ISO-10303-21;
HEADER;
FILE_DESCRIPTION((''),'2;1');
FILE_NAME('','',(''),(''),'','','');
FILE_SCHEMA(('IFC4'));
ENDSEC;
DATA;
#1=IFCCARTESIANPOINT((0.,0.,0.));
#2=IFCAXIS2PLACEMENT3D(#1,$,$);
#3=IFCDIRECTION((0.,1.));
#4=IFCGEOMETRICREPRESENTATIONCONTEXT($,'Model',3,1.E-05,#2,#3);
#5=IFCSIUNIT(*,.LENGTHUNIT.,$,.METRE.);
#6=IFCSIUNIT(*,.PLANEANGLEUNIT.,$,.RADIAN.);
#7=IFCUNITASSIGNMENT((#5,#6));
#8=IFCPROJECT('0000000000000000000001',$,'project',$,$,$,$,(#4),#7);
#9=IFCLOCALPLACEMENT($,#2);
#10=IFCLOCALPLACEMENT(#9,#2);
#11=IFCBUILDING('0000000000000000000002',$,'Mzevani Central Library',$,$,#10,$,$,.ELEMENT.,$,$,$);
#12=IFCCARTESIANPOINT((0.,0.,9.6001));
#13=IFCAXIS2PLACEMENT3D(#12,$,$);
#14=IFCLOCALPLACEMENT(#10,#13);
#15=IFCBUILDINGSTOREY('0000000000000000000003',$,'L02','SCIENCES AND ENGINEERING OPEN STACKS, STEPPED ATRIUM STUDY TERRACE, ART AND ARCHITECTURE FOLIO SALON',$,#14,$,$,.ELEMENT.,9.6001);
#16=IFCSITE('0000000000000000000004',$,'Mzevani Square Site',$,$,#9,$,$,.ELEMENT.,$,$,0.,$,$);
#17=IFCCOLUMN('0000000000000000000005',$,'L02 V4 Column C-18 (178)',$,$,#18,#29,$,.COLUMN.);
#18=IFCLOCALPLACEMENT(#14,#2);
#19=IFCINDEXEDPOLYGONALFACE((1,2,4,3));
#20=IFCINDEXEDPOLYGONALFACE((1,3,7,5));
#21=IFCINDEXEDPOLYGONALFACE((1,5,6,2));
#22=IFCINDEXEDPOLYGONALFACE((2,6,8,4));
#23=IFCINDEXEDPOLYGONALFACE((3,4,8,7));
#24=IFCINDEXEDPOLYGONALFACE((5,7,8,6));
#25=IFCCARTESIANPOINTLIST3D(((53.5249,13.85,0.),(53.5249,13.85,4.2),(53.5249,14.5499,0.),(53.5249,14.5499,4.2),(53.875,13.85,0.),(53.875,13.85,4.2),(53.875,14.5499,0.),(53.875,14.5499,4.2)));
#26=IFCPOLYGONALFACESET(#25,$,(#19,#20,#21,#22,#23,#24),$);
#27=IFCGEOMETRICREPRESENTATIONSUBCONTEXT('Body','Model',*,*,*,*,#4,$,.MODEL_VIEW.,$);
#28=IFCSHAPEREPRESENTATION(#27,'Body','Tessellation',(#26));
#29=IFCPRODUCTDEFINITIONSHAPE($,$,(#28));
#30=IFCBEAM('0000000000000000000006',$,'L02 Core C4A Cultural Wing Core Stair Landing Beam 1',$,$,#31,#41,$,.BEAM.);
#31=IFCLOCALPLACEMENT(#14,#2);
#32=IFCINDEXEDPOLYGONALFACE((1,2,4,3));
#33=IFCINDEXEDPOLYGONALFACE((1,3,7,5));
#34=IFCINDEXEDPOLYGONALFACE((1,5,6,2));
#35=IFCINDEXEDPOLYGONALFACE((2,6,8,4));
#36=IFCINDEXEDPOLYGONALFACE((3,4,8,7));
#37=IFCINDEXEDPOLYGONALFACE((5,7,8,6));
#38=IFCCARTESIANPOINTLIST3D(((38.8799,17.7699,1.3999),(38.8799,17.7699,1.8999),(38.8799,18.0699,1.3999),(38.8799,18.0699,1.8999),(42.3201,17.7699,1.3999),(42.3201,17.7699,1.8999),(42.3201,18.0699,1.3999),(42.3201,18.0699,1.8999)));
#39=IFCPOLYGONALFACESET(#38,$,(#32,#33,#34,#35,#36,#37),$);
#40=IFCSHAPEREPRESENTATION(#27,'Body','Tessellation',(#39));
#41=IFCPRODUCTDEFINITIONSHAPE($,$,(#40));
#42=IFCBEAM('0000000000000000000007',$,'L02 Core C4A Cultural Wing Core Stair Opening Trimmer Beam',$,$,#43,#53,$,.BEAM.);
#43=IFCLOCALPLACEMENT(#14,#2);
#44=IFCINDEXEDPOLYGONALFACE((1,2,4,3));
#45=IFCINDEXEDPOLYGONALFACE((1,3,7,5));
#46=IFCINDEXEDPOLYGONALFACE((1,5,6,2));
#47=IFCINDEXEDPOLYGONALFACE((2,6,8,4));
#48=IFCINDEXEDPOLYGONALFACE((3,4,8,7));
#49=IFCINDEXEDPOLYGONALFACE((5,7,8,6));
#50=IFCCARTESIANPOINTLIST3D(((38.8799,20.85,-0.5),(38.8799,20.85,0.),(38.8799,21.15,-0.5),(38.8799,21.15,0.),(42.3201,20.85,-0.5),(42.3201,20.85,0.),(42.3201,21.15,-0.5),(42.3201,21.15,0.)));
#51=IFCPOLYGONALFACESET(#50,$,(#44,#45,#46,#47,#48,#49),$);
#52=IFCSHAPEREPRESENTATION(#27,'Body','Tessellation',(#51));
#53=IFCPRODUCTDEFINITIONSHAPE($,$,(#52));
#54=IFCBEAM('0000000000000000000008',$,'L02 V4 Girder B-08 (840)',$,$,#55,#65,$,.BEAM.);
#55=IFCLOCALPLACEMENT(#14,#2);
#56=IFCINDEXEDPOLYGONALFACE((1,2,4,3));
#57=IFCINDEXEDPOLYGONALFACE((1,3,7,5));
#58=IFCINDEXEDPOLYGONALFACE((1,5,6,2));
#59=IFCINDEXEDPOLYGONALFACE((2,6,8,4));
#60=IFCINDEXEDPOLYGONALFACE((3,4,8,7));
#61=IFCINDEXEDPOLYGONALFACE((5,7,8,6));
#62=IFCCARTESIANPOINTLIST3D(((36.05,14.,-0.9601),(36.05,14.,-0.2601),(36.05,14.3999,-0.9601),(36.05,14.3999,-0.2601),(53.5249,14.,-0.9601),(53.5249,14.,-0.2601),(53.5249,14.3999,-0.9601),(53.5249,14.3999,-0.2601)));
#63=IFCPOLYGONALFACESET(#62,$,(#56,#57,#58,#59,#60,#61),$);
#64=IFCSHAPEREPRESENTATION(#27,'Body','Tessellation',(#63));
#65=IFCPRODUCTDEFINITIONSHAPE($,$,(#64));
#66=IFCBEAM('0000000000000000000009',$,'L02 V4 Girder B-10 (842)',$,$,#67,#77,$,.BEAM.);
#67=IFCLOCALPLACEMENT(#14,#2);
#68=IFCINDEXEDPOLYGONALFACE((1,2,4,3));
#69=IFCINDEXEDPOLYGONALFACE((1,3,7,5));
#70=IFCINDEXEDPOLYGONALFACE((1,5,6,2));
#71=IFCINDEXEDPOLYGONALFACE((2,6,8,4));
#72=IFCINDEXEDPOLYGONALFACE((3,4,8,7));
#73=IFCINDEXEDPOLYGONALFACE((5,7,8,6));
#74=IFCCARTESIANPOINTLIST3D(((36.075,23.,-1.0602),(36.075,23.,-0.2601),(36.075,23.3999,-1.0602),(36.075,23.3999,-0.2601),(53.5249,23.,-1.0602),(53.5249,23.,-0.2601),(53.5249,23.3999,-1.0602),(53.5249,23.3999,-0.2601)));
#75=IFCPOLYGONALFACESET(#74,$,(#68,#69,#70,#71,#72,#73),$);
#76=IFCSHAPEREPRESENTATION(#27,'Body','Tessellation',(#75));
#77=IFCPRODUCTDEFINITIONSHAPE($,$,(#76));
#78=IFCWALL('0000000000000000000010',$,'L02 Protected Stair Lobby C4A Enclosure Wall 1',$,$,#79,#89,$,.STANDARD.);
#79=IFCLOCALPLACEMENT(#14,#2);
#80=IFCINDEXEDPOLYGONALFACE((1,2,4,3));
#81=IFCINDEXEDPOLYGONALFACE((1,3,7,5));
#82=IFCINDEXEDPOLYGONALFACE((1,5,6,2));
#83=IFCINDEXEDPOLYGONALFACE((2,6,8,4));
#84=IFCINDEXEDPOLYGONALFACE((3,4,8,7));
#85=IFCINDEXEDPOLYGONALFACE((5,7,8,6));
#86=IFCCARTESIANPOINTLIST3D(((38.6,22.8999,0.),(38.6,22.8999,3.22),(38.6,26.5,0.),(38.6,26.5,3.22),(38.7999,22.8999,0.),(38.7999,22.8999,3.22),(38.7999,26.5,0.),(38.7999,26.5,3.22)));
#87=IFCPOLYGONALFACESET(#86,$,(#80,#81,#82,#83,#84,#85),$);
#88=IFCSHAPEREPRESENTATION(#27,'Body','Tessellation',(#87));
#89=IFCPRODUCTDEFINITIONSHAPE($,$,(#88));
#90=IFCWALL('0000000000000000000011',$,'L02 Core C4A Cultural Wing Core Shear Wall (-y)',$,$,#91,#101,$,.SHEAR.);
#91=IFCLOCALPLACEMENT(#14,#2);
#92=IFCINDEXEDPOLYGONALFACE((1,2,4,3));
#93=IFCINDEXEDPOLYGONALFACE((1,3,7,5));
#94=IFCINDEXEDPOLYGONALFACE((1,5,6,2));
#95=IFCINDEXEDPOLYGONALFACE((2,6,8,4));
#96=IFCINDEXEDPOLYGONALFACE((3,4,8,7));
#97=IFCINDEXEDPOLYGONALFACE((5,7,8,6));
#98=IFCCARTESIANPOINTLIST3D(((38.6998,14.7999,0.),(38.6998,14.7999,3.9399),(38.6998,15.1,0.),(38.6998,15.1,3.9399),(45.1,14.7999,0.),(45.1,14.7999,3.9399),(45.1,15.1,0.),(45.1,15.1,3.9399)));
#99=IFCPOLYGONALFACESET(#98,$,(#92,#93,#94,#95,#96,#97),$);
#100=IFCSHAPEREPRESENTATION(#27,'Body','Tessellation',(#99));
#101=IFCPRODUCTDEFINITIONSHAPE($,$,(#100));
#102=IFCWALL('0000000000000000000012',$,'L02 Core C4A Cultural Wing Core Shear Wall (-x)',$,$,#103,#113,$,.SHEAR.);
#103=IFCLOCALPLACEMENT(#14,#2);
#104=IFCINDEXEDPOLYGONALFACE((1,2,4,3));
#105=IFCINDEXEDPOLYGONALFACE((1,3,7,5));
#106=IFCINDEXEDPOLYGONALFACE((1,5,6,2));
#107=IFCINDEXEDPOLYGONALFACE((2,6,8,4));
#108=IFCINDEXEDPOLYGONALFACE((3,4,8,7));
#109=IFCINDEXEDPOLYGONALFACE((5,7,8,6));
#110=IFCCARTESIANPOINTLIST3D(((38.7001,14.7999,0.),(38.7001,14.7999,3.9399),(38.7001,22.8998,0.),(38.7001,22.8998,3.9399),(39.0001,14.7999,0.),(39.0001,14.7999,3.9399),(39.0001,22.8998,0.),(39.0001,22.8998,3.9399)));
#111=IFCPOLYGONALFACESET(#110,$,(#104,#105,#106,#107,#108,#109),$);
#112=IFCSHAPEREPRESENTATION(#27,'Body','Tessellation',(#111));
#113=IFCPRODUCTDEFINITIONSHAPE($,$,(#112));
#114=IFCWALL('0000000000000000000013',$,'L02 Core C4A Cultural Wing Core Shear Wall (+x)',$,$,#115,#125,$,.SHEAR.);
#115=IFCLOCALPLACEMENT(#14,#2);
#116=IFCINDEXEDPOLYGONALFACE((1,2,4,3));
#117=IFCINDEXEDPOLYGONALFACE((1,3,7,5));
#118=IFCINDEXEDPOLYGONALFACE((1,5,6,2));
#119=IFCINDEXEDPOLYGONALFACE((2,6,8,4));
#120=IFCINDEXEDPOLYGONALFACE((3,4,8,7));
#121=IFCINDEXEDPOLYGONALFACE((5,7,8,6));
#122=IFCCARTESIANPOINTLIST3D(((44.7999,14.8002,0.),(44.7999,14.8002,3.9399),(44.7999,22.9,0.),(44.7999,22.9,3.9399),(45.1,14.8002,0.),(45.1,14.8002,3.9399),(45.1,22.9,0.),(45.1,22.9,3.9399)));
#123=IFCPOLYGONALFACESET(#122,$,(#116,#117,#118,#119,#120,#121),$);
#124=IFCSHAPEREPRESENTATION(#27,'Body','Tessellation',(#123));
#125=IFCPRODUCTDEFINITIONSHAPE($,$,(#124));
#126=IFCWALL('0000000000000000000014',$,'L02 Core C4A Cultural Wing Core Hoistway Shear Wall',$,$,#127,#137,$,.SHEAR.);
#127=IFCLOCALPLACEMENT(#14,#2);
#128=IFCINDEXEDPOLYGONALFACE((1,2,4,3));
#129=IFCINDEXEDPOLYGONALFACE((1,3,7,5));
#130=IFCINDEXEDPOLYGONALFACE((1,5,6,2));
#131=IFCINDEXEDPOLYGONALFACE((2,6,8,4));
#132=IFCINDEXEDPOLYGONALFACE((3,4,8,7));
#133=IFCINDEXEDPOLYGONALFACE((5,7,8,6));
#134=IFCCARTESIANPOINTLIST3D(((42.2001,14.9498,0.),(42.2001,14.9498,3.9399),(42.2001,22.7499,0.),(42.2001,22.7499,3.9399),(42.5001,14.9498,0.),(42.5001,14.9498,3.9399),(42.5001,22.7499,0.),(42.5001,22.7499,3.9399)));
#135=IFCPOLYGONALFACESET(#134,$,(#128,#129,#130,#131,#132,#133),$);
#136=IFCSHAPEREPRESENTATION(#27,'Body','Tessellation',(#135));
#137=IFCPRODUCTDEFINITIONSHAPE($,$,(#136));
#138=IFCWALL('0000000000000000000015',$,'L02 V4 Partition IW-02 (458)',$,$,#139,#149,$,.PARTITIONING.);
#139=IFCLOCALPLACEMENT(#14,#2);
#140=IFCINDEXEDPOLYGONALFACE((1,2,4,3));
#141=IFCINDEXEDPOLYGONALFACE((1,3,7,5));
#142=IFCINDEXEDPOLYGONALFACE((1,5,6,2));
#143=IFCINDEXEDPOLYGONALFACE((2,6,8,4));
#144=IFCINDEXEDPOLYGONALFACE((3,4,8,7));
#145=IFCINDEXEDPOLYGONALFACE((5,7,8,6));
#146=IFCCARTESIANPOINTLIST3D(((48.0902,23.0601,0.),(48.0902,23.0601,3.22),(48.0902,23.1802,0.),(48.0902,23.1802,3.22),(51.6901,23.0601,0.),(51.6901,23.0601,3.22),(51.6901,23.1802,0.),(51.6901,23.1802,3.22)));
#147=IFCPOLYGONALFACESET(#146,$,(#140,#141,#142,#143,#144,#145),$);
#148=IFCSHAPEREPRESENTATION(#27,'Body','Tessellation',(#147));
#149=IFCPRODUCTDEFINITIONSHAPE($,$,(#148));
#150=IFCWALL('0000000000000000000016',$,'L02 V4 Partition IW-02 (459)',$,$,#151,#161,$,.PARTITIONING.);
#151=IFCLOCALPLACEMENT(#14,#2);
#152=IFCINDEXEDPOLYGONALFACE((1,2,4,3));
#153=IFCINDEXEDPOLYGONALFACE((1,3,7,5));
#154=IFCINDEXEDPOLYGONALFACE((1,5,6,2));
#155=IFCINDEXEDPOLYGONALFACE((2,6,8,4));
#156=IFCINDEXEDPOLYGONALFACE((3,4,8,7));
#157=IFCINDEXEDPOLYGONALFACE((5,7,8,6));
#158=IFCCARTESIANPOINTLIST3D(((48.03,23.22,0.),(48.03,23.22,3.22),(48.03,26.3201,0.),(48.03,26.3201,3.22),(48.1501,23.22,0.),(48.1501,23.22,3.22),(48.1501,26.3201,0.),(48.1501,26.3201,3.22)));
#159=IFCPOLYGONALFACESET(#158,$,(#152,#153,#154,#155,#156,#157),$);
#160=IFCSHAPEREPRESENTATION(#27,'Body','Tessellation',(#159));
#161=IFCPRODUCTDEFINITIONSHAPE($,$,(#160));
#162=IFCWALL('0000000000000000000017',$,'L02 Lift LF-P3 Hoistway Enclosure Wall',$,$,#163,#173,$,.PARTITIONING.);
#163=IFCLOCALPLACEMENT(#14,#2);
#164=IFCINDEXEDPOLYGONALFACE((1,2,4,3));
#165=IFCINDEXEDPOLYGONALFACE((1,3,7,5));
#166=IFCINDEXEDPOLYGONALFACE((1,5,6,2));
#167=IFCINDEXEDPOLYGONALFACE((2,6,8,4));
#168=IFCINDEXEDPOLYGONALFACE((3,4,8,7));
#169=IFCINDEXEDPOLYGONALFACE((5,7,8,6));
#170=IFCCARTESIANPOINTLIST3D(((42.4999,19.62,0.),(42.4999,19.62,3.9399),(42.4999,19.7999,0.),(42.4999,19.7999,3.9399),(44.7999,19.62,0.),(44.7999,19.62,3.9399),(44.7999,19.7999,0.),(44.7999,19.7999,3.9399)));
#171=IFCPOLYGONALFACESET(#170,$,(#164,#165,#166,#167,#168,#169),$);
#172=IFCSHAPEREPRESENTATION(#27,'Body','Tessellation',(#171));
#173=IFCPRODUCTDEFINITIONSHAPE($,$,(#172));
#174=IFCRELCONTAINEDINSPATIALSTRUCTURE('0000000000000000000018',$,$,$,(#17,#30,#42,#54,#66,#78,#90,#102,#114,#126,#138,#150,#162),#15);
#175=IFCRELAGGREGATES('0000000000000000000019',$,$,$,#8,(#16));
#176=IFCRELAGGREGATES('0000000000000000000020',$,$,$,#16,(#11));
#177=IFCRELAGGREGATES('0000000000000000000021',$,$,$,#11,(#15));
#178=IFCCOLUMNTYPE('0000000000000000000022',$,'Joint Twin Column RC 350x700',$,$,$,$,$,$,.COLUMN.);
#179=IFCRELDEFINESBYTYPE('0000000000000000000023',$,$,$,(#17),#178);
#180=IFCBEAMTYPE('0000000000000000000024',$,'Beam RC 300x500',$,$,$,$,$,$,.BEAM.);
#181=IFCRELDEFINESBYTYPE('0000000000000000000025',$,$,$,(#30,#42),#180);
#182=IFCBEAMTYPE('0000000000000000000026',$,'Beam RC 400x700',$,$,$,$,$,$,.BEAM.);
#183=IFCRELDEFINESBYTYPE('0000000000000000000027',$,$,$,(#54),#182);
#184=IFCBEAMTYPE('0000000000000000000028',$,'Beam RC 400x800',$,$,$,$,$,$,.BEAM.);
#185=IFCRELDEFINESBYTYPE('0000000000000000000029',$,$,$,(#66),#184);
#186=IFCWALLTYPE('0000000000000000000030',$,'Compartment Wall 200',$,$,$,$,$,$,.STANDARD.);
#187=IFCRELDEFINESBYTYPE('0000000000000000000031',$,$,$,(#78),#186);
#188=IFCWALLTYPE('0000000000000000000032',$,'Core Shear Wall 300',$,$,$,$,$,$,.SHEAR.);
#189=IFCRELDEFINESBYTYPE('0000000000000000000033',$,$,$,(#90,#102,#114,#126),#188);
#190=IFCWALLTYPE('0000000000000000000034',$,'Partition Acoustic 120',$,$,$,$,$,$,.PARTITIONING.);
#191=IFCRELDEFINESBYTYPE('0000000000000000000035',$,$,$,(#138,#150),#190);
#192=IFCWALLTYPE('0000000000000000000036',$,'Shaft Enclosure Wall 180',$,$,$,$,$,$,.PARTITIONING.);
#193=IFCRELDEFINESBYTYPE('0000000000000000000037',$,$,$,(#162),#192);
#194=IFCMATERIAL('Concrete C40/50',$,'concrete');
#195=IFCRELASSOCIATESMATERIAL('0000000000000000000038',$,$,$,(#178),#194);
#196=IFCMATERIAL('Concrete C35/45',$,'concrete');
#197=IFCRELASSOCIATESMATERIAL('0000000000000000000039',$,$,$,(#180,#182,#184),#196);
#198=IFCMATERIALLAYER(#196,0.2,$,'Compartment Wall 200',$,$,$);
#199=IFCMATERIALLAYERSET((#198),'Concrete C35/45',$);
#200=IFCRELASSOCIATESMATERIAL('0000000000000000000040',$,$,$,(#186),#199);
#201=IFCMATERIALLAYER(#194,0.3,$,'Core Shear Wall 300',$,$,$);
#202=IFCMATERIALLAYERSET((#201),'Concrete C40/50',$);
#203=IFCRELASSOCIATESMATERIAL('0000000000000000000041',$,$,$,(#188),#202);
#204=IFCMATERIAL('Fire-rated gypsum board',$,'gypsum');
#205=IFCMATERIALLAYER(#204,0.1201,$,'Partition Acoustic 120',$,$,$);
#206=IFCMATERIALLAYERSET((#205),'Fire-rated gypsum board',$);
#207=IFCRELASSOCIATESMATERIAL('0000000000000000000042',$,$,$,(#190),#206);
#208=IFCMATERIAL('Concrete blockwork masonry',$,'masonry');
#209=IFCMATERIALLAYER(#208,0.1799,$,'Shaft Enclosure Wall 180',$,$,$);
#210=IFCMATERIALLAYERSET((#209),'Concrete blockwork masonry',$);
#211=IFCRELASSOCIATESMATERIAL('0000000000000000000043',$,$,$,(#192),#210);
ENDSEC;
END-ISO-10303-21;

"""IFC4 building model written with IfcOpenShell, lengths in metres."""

from ifc_helpers import new_model, si_unit, direction, frame, frame_2d, origin, origin_2d, place, context, subcontext, project, spatial, rectangle, extrude, material, layer, layer_set, material_profile, profile_set, type_object, element, save


model = new_model("IFC4")

# Units and contexts
model_context = context("Model", 3, precision=1e-05, world=origin(), true_north=direction((0.0, 1.0)))
body_context = subcontext(model_context, "Body", "Model", "MODEL_VIEW")
ifc_project = project(units=[si_unit("LENGTHUNIT", "METRE"), si_unit("PLANEANGLEUNIT", "RADIAN")], contexts=[model_context])

# Site, building, storey
site_placement = place(None, origin())
site = spatial("IfcSite", under=ifc_project, at=site_placement, Name="Mzevani Square Site", CompositionType="ELEMENT", RefElevation=0.0)
building_placement = place(site_placement, origin())
building = spatial("IfcBuilding", under=site, at=building_placement, Name="Mzevani Central Library", CompositionType="ELEMENT")
storey_placement = place(building_placement, frame((0.0, 0.0, 9.6001)))
storey = spatial("IfcBuildingStorey", under=building, at=storey_placement, Name="L02", Description="SCIENCES AND ENGINEERING OPEN STACKS, STEPPED ATRIUM STUDY TERRACE, ART AND ARCHITECTURE FOLIO SALON", CompositionType="ELEMENT", Elevation=9.6001)

# Column
ifc_material_1 = material(Name="Concrete C40/50", Category="concrete")
ifc_material_profile_1 = material_profile(ifc_material_1, rectangle(XDim=0.3501, YDim=0.7, at=origin_2d()), Name="RC 350x700")
ifc_profile_set_1 = profile_set([ifc_material_profile_1], Name="Concrete C40/50")
column_type = type_object("IfcColumnType", Name="Joint Twin Column RC 350x700", PredefinedType="COLUMN", material=ifc_profile_set_1)
column_placement = place(storey_placement, frame((53.7, 14.2, 0.0), z_axis=(0.0, 0.0, 1.0), x_axis=(1.0, 0.0, 0.0)))
element("IfcColumn", 1, at=column_placement, inside=storey, type_object=column_type, Name="L02 V4 Column C-18 (178)", PredefinedType="COLUMN", context=body_context, shape_type="SweptSolid", body=[
    extrude(rectangle(XDim=0.3501, YDim=0.7, at=origin_2d()), origin(), (0.0, 0.0, 1.0), 4.2),
])

# Beams
ifc_material_2 = material(Name="Concrete C35/45", Category="concrete")
ifc_material_profile_2 = material_profile(ifc_material_2, rectangle(XDim=0.3, YDim=0.5, at=origin_2d()), Name="RC B300x500")
ifc_profile_set_2 = profile_set([ifc_material_profile_2], Name="Concrete C35/45")
beam_type_1 = type_object("IfcBeamType", Name="Beam RC 300x500", PredefinedType="BEAM", material=ifc_profile_set_2)
for number, where, z_axis, x_axis, name in (
    (2, (38.8799, 17.9199, 1.6499), (1.0, 0.0, 0.0), (0.0, 1.0, 0.0), "L02 Core C4A Cultural Wing Core Stair Landing Beam 1"),
    (3, (38.8799, 21.0, -0.25), (1.0, 0.0, 0.0), (0.0, 1.0, 0.0), "L02 Core C4A Cultural Wing Core Stair Opening Trimmer Beam"),
):
    element("IfcBeam", number, at=place(storey_placement, frame(where, z_axis=z_axis, x_axis=x_axis)), inside=storey, type_object=beam_type_1, Name=name, PredefinedType="BEAM", context=body_context, shape_type="SweptSolid", body=[
        extrude(rectangle(XDim=0.3, YDim=0.5, at=origin_2d()), origin(), (0.0, 0.0, 1.0), 3.4402),
    ])
ifc_material_profile_3 = material_profile(ifc_material_2, rectangle(XDim=0.3999, YDim=0.7, at=origin_2d()), Name="RC B400x700")
ifc_profile_set_3 = profile_set([ifc_material_profile_3], Name="Concrete C35/45")
beam_type_2 = type_object("IfcBeamType", Name="Beam RC 400x700", PredefinedType="BEAM", material=ifc_profile_set_3)
beam_1_placement = place(storey_placement, frame((36.05, 14.2, -0.6101), z_axis=(1.0, 0.0, 0.0), x_axis=(0.0, 1.0, 0.0)))
element("IfcBeam", 4, at=beam_1_placement, inside=storey, type_object=beam_type_2, Name="L02 V4 Girder B-08 (840)", PredefinedType="BEAM", context=body_context, shape_type="SweptSolid", body=[
    extrude(rectangle(XDim=0.3999, YDim=0.7, at=origin_2d()), origin(), (0.0, 0.0, 1.0), 17.4749),
])
ifc_material_profile_4 = material_profile(ifc_material_2, rectangle(XDim=0.3999, YDim=0.8, at=origin_2d()), Name="RC B400x800")
ifc_profile_set_4 = profile_set([ifc_material_profile_4], Name="Concrete C35/45")
beam_type_3 = type_object("IfcBeamType", Name="Beam RC 400x800", PredefinedType="BEAM", material=ifc_profile_set_4)
beam_2_placement = place(storey_placement, frame((36.075, 23.2, -0.6602), z_axis=(1.0, 0.0, 0.0), x_axis=(0.0, 1.0, 0.0)))
element("IfcBeam", 5, at=beam_2_placement, inside=storey, type_object=beam_type_3, Name="L02 V4 Girder B-10 (842)", PredefinedType="BEAM", context=body_context, shape_type="SweptSolid", body=[
    extrude(rectangle(XDim=0.3999, YDim=0.8, at=origin_2d()), origin(), (0.0, 0.0, 1.0), 17.45),
])

# Walls
ifc_layer_1 = layer(ifc_material_2, 0.2, Name="Compartment Wall 200")
ifc_layer_set_1 = layer_set([ifc_layer_1], Name="Concrete C35/45")
wall_type_1 = type_object("IfcWallType", Name="Compartment Wall 200", PredefinedType="STANDARD", material=ifc_layer_set_1)
wall_1_placement = place(storey_placement, frame((38.7, 22.8999, 0.0), z_axis=(0.0, 0.0, 1.0), x_axis=(0.0, 1.0, 0.0)))
element("IfcWall", 6, at=wall_1_placement, inside=storey, type_object=wall_type_1, Name="L02 Protected Stair Lobby C4A Enclosure Wall 1", PredefinedType="STANDARD", context=body_context, shape_type="SweptSolid", body=[
    extrude(rectangle(XDim=3.6001, YDim=0.2, at=frame_2d((1.8, 0.0))), origin(), (0.0, 0.0, 1.0), 3.22),
])
ifc_layer_2 = layer(ifc_material_1, 0.3, Name="Core Shear Wall 300")
ifc_layer_set_2 = layer_set([ifc_layer_2], Name="Concrete C40/50")
wall_type_2 = type_object("IfcWallType", Name="Core Shear Wall 300", PredefinedType="SHEAR", material=ifc_layer_set_2)
wall_2_placement = place(storey_placement, frame((45.1001, 14.95, 0.0), z_axis=(0.0, 0.0, 1.0), x_axis=(-1.0, 0.0, 0.0)))
element("IfcWall", 7, at=wall_2_placement, inside=storey, type_object=wall_type_2, Name="L02 Core C4A Cultural Wing Core Shear Wall (-y)", PredefinedType="SHEAR", context=body_context, shape_type="SweptSolid", body=[
    extrude(rectangle(XDim=6.4001, YDim=0.3, at=frame_2d((3.2002, 0.0))), origin(), (0.0, 0.0, 1.0), 3.9399),
])
wall_3_placement = place(storey_placement, frame((38.8501, 14.8, 0.0), z_axis=(0.0, 0.0, 1.0), x_axis=(0.0, 1.0, 0.0)))
element("IfcWall", 8, at=wall_3_placement, inside=storey, type_object=wall_type_2, Name="L02 Core C4A Cultural Wing Core Shear Wall (-x)", PredefinedType="SHEAR", context=body_context, shape_type="SweptSolid", body=[
    extrude(rectangle(XDim=8.0999, YDim=0.3, at=frame_2d((4.0498, 0.0))), origin(), (0.0, 0.0, 1.0), 3.9399),
])

# Walls
wall_4_placement = place(storey_placement, frame((44.95, 22.8999, 0.0), z_axis=(0.0, 0.0, 1.0), x_axis=(0.0, -1.0, 0.0)))
element("IfcWall", 9, at=wall_4_placement, inside=storey, type_object=wall_type_2, Name="L02 Core C4A Cultural Wing Core Shear Wall (+x)", PredefinedType="SHEAR", context=body_context, shape_type="SweptSolid", body=[
    extrude(rectangle(XDim=8.0999, YDim=0.3, at=frame_2d((4.0498, 0.0))), origin(), (0.0, 0.0, 1.0), 3.9399),
])
wall_5_placement = place(storey_placement, frame((42.3501, 14.95, 0.0), z_axis=(0.0, 0.0, 1.0), x_axis=(0.0, 1.0, 0.0)))
element("IfcWall", 10, at=wall_5_placement, inside=storey, type_object=wall_type_2, Name="L02 Core C4A Cultural Wing Core Hoistway Shear Wall", PredefinedType="SHEAR", context=body_context, shape_type="SweptSolid", body=[
    extrude(rectangle(XDim=7.8, YDim=0.3, at=frame_2d((3.8999, 0.0))), origin(), (0.0, 0.0, 1.0), 3.9399),
])
ifc_material_3 = material(Name="Fire-rated gypsum board", Category="gypsum")
ifc_layer_3 = layer(ifc_material_3, 0.1201, Name="Partition Acoustic 120")
ifc_layer_set_3 = layer_set([ifc_layer_3], Name="Fire-rated gypsum board")
wall_type_3 = type_object("IfcWallType", Name="Partition Acoustic 120", PredefinedType="PARTITIONING", material=ifc_layer_set_3)
wall_6_placement = place(storey_placement, frame((51.6899, 23.1201, 0.0), z_axis=(0.0, 0.0, 1.0), x_axis=(-1.0, 0.0, 0.0)))
element("IfcWall", 11, at=wall_6_placement, inside=storey, type_object=wall_type_3, Name="L02 V4 Partition IW-02 (458)", PredefinedType="PARTITIONING", context=body_context, shape_type="SweptSolid", body=[
    extrude(rectangle(XDim=3.5999, YDim=0.1201, at=frame_2d((1.7998, 0.0))), origin(), (0.0, 0.0, 1.0), 3.22),
])
wall_7_placement = place(storey_placement, frame((48.0901, 23.22, 0.0), z_axis=(0.0, 0.0, 1.0), x_axis=(0.0, 1.0, 0.0)))
element("IfcWall", 12, at=wall_7_placement, inside=storey, type_object=wall_type_3, Name="L02 V4 Partition IW-02 (459)", PredefinedType="PARTITIONING", context=body_context, shape_type="SweptSolid", body=[
    extrude(rectangle(XDim=3.1001, YDim=0.1201, at=frame_2d((1.55, 0.0))), origin(), (0.0, 0.0, 1.0), 3.22),
])
ifc_material_4 = material(Name="Concrete blockwork masonry", Category="masonry")
ifc_layer_4 = layer(ifc_material_4, 0.1799, Name="Shaft Enclosure Wall 180")
ifc_layer_set_4 = layer_set([ifc_layer_4], Name="Concrete blockwork masonry")
wall_type_4 = type_object("IfcWallType", Name="Shaft Enclosure Wall 180", PredefinedType="PARTITIONING", material=ifc_layer_set_4)
wall_8_placement = place(storey_placement, frame((42.5, 19.71, 0.0), z_axis=(0.0, 0.0, 1.0), x_axis=(1.0, 0.0, 0.0)))
element("IfcWall", 13, at=wall_8_placement, inside=storey, type_object=wall_type_4, Name="L02 Lift LF-P3 Hoistway Enclosure Wall", PredefinedType="PARTITIONING", context=body_context, shape_type="SweptSolid", body=[
    extrude(rectangle(XDim=2.3, YDim=0.1799, at=frame_2d((1.1499, 0.0))), origin(), (0.0, 0.0, 1.0), 3.9399),
])

save(model, "model.ifc")
